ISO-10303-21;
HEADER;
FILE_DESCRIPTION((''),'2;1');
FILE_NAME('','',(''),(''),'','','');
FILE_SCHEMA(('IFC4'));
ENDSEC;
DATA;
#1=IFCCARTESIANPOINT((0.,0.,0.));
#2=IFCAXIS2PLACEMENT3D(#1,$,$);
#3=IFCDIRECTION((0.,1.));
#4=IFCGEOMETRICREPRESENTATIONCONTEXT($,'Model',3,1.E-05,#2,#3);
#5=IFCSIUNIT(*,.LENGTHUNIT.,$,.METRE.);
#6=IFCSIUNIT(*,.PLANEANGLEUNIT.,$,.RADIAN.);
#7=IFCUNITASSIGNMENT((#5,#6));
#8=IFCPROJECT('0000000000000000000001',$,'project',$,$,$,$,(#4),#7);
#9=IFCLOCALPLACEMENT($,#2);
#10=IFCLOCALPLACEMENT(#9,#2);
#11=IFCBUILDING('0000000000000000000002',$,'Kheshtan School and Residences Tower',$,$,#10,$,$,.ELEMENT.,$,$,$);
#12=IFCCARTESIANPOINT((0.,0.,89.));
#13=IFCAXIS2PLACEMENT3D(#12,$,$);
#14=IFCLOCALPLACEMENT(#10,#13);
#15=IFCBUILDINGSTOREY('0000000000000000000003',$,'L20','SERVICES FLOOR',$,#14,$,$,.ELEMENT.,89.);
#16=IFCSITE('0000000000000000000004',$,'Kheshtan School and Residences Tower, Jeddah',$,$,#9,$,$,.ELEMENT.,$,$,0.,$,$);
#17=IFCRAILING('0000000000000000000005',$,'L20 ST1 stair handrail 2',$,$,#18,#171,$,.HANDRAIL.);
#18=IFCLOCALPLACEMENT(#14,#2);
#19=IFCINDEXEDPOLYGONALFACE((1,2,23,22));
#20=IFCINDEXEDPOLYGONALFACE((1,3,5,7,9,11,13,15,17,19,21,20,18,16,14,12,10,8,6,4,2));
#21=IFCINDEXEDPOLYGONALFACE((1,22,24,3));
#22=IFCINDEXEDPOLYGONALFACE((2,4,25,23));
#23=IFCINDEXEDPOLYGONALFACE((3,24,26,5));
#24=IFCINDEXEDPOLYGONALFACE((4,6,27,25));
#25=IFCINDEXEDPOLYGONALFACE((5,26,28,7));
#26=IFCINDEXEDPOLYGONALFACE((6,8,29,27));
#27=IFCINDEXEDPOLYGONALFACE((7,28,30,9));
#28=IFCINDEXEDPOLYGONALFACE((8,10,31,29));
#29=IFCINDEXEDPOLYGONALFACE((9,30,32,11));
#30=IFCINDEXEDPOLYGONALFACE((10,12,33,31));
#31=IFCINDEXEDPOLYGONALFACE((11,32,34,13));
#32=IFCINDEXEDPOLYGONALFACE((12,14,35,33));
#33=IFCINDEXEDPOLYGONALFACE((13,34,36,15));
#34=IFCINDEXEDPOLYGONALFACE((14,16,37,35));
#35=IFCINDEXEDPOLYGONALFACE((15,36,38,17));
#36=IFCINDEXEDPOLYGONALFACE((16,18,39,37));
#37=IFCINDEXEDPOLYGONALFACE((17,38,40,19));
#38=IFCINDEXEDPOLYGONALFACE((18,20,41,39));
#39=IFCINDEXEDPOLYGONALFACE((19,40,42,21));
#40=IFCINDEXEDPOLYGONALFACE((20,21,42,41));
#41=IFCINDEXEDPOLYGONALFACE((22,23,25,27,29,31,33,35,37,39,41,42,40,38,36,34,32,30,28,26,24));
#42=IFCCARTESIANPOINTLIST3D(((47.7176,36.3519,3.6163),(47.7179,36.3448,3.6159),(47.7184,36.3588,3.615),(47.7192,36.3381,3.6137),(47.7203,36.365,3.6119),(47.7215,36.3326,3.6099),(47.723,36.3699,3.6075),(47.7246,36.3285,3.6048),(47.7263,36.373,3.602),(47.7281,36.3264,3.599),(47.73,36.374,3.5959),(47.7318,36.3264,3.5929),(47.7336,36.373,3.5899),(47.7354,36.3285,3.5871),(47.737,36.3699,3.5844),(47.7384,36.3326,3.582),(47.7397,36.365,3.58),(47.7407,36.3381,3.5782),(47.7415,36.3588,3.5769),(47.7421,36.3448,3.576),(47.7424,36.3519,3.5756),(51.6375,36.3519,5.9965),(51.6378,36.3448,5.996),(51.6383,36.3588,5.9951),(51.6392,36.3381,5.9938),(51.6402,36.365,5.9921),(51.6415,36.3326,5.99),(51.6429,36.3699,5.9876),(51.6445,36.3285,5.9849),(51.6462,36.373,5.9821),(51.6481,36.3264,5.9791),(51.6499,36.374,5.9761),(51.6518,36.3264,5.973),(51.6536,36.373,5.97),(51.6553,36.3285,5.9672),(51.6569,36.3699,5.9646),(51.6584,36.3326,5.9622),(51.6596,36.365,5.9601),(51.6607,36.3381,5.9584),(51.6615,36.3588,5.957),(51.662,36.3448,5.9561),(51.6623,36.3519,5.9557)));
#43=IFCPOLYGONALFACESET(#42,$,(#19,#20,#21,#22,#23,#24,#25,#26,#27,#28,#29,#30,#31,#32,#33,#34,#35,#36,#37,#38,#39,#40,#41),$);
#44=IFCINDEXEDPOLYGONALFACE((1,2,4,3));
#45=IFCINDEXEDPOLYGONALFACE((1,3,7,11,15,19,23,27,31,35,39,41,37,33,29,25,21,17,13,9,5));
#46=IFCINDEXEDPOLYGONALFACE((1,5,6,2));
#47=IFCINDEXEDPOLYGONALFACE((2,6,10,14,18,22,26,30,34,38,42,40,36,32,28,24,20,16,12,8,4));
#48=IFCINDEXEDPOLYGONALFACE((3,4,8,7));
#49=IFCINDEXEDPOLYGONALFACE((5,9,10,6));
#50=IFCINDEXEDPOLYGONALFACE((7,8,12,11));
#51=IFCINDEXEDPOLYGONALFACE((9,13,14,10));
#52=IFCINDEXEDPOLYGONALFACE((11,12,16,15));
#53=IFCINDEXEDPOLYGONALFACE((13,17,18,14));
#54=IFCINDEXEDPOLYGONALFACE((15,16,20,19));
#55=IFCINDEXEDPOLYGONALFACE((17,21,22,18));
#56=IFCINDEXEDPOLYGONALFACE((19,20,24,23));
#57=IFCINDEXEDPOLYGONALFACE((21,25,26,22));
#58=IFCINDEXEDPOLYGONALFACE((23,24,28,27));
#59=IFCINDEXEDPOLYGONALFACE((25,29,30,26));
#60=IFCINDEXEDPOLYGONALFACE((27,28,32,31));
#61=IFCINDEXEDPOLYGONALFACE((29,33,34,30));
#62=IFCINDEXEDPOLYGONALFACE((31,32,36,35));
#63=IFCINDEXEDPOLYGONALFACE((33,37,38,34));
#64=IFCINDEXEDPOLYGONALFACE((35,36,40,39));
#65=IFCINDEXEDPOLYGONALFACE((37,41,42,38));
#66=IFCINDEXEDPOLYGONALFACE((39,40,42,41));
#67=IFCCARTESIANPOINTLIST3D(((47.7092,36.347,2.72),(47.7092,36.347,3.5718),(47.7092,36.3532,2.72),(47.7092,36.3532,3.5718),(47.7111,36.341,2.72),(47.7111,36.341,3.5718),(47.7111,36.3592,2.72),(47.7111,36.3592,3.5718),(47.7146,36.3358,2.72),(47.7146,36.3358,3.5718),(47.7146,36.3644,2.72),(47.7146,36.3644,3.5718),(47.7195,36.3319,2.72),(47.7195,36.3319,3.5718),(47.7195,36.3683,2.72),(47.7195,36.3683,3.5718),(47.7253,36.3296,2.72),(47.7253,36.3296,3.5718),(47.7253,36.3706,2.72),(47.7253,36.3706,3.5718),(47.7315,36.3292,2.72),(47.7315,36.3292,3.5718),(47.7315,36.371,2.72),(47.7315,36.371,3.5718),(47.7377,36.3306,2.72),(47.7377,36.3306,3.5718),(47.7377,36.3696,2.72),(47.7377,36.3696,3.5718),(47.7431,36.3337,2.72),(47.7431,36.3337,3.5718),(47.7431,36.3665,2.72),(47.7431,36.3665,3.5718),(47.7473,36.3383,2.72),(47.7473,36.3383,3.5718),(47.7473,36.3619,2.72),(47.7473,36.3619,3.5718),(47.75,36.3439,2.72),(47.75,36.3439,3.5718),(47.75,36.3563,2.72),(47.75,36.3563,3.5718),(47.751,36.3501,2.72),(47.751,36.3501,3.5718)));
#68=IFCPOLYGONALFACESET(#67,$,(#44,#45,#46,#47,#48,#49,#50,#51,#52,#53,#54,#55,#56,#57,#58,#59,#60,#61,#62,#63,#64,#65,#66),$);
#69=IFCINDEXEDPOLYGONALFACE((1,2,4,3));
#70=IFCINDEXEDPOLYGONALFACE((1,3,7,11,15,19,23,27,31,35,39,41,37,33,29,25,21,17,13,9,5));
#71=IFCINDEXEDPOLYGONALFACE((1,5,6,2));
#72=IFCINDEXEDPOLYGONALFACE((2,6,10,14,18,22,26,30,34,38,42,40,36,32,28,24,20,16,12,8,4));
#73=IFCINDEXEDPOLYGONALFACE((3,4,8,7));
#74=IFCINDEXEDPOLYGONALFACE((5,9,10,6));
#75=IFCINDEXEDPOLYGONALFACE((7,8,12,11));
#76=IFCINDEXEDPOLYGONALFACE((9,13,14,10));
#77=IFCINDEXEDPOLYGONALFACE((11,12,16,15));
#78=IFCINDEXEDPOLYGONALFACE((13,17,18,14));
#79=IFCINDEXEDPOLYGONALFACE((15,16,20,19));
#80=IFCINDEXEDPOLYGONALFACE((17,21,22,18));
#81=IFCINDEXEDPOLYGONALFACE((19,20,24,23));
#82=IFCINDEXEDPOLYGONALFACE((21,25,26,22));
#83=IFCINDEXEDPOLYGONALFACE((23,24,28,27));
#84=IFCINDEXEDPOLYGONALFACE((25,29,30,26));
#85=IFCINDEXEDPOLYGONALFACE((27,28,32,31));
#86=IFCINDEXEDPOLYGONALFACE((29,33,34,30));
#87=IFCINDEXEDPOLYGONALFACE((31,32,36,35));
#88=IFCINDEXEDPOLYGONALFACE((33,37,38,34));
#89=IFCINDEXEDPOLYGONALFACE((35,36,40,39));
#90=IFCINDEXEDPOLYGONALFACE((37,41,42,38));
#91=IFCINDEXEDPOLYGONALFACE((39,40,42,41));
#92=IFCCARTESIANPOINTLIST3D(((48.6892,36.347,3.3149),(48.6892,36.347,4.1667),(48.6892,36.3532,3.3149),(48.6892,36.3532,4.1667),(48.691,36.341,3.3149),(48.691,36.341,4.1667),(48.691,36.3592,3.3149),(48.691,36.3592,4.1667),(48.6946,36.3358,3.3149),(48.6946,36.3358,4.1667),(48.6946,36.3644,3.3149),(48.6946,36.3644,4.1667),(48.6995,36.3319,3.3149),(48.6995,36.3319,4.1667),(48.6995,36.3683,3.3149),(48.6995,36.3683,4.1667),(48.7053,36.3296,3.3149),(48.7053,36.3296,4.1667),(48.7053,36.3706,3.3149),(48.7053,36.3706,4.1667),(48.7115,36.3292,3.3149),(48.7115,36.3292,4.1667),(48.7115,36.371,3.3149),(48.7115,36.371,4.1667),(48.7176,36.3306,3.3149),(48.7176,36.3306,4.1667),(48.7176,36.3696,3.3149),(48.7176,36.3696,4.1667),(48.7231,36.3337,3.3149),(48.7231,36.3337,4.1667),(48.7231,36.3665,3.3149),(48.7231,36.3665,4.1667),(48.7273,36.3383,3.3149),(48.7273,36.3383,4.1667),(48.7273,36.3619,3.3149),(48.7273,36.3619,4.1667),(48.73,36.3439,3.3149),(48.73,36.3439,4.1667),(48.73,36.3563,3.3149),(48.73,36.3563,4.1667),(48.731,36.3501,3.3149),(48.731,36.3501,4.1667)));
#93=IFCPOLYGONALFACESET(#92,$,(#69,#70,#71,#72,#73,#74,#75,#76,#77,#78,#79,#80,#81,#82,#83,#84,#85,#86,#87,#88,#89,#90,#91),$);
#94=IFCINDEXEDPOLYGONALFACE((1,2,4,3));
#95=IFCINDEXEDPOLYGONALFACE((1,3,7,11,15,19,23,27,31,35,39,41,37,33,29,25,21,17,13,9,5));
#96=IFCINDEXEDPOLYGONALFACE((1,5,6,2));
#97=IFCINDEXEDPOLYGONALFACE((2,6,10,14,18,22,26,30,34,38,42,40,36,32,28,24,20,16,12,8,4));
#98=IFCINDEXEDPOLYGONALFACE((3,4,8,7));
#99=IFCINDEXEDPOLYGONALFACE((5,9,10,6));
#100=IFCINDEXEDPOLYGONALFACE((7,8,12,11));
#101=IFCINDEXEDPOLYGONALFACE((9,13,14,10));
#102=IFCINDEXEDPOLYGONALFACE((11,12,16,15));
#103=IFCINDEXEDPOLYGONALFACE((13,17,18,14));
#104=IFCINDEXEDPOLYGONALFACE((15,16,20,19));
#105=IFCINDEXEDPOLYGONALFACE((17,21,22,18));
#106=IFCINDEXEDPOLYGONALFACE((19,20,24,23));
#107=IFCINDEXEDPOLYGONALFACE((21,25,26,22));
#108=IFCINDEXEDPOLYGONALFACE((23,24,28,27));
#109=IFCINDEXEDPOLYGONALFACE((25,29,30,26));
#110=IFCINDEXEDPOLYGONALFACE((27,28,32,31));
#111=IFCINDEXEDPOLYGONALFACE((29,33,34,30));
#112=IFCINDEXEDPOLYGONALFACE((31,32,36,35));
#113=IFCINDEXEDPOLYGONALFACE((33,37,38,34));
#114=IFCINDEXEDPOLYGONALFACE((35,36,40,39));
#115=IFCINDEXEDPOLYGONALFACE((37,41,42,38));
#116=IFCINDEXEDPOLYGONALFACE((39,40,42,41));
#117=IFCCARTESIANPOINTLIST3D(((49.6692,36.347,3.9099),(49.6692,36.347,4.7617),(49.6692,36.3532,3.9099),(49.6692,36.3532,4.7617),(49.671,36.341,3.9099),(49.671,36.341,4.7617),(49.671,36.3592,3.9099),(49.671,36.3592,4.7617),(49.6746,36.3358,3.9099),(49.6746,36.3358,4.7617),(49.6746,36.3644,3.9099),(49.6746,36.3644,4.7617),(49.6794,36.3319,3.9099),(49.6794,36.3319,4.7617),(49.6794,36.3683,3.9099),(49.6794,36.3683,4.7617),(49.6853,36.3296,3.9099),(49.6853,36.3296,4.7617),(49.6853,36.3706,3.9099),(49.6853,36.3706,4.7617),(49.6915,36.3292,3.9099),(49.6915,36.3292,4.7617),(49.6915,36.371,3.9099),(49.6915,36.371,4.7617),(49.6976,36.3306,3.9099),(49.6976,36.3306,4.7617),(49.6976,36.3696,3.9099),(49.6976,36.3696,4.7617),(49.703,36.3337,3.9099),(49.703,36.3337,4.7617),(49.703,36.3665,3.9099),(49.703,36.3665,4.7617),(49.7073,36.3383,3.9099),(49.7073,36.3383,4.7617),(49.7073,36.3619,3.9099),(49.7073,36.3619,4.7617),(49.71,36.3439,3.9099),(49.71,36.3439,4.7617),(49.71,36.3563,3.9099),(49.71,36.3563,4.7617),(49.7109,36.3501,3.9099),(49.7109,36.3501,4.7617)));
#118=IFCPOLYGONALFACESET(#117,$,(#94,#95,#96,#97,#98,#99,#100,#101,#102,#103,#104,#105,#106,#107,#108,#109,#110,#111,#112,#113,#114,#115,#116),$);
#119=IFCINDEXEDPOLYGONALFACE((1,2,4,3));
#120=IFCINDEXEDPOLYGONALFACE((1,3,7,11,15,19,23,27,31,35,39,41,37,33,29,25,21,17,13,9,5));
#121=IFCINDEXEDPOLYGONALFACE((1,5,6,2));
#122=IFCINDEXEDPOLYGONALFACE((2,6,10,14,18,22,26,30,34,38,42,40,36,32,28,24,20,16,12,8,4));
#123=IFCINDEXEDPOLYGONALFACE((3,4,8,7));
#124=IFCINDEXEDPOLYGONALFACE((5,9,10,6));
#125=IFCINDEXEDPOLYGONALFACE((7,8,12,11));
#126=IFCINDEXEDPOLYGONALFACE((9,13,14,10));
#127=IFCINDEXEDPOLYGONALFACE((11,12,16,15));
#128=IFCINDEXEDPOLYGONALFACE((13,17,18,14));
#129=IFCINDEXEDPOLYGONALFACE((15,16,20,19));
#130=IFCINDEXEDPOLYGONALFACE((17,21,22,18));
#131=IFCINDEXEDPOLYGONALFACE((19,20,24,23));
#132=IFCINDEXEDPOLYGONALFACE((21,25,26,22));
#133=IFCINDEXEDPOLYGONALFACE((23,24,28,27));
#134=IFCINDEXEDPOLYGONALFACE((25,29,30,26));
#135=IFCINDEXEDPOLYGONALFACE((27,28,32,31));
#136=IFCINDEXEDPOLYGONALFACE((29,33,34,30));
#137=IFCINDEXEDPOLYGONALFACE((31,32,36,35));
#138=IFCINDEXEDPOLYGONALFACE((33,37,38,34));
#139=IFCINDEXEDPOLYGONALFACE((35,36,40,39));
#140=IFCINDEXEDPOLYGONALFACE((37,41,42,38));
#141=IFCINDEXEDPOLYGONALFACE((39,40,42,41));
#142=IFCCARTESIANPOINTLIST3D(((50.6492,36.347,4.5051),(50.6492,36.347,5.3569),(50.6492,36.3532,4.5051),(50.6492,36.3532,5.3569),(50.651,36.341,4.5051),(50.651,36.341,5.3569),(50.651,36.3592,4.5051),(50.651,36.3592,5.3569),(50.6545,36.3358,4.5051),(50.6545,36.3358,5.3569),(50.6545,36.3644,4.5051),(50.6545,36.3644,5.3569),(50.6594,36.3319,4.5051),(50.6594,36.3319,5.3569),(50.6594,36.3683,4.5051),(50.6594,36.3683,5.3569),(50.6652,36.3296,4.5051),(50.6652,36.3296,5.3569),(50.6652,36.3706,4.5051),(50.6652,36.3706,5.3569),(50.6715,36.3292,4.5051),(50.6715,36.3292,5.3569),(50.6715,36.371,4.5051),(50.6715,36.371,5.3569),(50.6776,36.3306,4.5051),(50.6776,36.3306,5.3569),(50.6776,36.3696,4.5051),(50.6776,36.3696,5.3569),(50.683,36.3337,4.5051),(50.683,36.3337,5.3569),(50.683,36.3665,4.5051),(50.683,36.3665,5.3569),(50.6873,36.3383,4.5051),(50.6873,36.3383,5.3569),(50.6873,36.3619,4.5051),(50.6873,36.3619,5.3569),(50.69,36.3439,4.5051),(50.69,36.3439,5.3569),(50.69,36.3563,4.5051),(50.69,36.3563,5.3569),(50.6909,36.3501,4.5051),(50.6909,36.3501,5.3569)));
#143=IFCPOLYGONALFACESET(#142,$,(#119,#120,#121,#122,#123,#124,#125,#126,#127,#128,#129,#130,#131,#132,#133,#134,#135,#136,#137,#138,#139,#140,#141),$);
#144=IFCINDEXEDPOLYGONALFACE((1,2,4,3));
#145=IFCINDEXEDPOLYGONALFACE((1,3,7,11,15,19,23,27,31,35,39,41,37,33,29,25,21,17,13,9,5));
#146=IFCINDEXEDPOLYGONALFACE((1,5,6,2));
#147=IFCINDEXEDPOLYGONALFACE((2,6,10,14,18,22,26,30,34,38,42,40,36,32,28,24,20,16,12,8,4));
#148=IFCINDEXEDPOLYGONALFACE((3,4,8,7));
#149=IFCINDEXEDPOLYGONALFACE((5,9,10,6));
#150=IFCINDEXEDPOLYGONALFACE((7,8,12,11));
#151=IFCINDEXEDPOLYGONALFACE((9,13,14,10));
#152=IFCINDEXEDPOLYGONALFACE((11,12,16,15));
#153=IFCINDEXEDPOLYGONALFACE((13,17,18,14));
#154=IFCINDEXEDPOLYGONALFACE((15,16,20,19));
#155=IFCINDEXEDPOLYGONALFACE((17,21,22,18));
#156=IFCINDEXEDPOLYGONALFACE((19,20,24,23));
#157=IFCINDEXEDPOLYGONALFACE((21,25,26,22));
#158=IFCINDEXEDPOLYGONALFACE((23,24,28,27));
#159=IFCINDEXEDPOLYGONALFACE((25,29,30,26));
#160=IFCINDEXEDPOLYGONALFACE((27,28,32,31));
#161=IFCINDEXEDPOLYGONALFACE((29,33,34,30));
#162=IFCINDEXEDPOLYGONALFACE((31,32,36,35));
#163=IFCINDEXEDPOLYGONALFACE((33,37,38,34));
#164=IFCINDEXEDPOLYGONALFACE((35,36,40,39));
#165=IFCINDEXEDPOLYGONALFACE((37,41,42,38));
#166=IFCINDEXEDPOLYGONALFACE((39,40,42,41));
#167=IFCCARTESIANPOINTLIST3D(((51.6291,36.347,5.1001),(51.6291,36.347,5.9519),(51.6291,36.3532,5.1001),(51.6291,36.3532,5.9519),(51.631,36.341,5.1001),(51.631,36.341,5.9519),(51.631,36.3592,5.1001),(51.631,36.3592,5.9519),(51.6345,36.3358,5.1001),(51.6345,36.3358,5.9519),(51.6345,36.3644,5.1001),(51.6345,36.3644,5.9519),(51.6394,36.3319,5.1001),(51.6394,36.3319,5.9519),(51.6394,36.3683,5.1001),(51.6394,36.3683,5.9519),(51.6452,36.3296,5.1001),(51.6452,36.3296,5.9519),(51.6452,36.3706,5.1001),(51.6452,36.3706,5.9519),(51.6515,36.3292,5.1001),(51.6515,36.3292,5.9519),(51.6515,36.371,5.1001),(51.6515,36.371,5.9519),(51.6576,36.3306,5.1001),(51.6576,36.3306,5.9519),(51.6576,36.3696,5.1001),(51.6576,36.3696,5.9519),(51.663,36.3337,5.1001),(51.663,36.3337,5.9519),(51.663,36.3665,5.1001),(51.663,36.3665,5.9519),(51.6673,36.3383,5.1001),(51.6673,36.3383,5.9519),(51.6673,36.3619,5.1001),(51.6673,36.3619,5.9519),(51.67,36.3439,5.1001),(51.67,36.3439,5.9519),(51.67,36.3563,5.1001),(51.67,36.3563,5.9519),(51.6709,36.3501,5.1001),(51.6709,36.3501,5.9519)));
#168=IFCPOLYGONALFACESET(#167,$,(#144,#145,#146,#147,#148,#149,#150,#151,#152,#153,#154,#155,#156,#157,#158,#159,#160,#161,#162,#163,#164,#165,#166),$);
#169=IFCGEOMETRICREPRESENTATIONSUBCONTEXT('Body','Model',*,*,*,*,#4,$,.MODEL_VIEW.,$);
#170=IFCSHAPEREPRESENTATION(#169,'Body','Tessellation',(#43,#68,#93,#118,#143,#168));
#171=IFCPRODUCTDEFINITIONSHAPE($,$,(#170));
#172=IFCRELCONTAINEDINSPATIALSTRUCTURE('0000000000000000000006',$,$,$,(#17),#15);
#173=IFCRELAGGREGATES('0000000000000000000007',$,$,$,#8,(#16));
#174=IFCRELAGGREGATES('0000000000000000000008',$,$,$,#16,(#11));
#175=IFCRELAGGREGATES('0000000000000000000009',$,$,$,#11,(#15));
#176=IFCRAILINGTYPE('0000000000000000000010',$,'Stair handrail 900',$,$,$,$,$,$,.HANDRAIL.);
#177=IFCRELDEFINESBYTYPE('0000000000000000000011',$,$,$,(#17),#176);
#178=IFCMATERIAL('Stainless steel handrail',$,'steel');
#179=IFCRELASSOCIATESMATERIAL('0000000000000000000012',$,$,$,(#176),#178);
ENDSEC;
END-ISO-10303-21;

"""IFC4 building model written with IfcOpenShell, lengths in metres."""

from ifc_helpers import new_model, si_unit, direction, frame, origin, origin_2d, place, context, subcontext, project, spatial, circle, extrude, material, type_object, element, save


model = new_model("IFC4")

# Units and contexts
model_context = context("Model", 3, precision=1e-05, world=origin(), true_north=direction((0.0, 1.0)))
body_context = subcontext(model_context, "Body", "Model", "MODEL_VIEW")
ifc_project = project(units=[si_unit("LENGTHUNIT", "METRE"), si_unit("PLANEANGLEUNIT", "RADIAN")], contexts=[model_context])

# Site, building, storey
site_placement = place(None, origin())
site = spatial("IfcSite", under=ifc_project, at=site_placement, Name="Kheshtan School and Residences Tower, Jeddah", CompositionType="ELEMENT", RefElevation=0.0)
building_placement = place(site_placement, origin())
building = spatial("IfcBuilding", under=site, at=building_placement, Name="Kheshtan School and Residences Tower", CompositionType="ELEMENT")
storey_placement = place(building_placement, frame((0.0, 0.0, 89.0)))
storey = spatial("IfcBuildingStorey", under=building, at=storey_placement, Name="L20", Description="SERVICES FLOOR", CompositionType="ELEMENT", Elevation=89.0)

# Railing
ifc_material_1 = material(Name="Stainless steel handrail", Category="steel")
railing_type = type_object("IfcRailingType", Name="Stair handrail 900", PredefinedType="HANDRAIL", material=ifc_material_1)
railing_placement = place(storey_placement, frame((47.73, 36.3501, 2.72)))
element("IfcRailing", 1, at=railing_placement, inside=storey, type_object=railing_type, Name="L20 ST1 stair handrail 2", PredefinedType="HANDRAIL", context=body_context, shape_type="SweptSolid", body=[
    extrude(circle(Radius=0.0239, at=origin_2d()), frame((0.0, 0.0, 0.876), z_axis=(0.854771, 0.0, 0.519006), x_axis=(0.0, 1.0, 0.0)), (0.0, 0.0, 1.0), 4.5859),
    extrude(circle(Radius=0.021, at=origin_2d()), origin(), (0.0, 0.0, 1.0), 0.8518),
    extrude(circle(Radius=0.021, at=origin_2d()), frame((0.98, 0.0, 0.595)), (0.0, 0.0, 1.0), 0.8518),
    extrude(circle(Radius=0.021, at=origin_2d()), frame((1.96, 0.0, 1.1899)), (0.0, 0.0, 1.0), 0.8518),
    extrude(circle(Radius=0.021, at=origin_2d()), frame((2.9399, 0.0, 1.7852)), (0.0, 0.0, 1.0), 0.8518),
    extrude(circle(Radius=0.021, at=origin_2d()), frame((3.9199, 0.0, 2.3801)), (0.0, 0.0, 1.0), 0.8518),
])

save(model, "model.ifc")
